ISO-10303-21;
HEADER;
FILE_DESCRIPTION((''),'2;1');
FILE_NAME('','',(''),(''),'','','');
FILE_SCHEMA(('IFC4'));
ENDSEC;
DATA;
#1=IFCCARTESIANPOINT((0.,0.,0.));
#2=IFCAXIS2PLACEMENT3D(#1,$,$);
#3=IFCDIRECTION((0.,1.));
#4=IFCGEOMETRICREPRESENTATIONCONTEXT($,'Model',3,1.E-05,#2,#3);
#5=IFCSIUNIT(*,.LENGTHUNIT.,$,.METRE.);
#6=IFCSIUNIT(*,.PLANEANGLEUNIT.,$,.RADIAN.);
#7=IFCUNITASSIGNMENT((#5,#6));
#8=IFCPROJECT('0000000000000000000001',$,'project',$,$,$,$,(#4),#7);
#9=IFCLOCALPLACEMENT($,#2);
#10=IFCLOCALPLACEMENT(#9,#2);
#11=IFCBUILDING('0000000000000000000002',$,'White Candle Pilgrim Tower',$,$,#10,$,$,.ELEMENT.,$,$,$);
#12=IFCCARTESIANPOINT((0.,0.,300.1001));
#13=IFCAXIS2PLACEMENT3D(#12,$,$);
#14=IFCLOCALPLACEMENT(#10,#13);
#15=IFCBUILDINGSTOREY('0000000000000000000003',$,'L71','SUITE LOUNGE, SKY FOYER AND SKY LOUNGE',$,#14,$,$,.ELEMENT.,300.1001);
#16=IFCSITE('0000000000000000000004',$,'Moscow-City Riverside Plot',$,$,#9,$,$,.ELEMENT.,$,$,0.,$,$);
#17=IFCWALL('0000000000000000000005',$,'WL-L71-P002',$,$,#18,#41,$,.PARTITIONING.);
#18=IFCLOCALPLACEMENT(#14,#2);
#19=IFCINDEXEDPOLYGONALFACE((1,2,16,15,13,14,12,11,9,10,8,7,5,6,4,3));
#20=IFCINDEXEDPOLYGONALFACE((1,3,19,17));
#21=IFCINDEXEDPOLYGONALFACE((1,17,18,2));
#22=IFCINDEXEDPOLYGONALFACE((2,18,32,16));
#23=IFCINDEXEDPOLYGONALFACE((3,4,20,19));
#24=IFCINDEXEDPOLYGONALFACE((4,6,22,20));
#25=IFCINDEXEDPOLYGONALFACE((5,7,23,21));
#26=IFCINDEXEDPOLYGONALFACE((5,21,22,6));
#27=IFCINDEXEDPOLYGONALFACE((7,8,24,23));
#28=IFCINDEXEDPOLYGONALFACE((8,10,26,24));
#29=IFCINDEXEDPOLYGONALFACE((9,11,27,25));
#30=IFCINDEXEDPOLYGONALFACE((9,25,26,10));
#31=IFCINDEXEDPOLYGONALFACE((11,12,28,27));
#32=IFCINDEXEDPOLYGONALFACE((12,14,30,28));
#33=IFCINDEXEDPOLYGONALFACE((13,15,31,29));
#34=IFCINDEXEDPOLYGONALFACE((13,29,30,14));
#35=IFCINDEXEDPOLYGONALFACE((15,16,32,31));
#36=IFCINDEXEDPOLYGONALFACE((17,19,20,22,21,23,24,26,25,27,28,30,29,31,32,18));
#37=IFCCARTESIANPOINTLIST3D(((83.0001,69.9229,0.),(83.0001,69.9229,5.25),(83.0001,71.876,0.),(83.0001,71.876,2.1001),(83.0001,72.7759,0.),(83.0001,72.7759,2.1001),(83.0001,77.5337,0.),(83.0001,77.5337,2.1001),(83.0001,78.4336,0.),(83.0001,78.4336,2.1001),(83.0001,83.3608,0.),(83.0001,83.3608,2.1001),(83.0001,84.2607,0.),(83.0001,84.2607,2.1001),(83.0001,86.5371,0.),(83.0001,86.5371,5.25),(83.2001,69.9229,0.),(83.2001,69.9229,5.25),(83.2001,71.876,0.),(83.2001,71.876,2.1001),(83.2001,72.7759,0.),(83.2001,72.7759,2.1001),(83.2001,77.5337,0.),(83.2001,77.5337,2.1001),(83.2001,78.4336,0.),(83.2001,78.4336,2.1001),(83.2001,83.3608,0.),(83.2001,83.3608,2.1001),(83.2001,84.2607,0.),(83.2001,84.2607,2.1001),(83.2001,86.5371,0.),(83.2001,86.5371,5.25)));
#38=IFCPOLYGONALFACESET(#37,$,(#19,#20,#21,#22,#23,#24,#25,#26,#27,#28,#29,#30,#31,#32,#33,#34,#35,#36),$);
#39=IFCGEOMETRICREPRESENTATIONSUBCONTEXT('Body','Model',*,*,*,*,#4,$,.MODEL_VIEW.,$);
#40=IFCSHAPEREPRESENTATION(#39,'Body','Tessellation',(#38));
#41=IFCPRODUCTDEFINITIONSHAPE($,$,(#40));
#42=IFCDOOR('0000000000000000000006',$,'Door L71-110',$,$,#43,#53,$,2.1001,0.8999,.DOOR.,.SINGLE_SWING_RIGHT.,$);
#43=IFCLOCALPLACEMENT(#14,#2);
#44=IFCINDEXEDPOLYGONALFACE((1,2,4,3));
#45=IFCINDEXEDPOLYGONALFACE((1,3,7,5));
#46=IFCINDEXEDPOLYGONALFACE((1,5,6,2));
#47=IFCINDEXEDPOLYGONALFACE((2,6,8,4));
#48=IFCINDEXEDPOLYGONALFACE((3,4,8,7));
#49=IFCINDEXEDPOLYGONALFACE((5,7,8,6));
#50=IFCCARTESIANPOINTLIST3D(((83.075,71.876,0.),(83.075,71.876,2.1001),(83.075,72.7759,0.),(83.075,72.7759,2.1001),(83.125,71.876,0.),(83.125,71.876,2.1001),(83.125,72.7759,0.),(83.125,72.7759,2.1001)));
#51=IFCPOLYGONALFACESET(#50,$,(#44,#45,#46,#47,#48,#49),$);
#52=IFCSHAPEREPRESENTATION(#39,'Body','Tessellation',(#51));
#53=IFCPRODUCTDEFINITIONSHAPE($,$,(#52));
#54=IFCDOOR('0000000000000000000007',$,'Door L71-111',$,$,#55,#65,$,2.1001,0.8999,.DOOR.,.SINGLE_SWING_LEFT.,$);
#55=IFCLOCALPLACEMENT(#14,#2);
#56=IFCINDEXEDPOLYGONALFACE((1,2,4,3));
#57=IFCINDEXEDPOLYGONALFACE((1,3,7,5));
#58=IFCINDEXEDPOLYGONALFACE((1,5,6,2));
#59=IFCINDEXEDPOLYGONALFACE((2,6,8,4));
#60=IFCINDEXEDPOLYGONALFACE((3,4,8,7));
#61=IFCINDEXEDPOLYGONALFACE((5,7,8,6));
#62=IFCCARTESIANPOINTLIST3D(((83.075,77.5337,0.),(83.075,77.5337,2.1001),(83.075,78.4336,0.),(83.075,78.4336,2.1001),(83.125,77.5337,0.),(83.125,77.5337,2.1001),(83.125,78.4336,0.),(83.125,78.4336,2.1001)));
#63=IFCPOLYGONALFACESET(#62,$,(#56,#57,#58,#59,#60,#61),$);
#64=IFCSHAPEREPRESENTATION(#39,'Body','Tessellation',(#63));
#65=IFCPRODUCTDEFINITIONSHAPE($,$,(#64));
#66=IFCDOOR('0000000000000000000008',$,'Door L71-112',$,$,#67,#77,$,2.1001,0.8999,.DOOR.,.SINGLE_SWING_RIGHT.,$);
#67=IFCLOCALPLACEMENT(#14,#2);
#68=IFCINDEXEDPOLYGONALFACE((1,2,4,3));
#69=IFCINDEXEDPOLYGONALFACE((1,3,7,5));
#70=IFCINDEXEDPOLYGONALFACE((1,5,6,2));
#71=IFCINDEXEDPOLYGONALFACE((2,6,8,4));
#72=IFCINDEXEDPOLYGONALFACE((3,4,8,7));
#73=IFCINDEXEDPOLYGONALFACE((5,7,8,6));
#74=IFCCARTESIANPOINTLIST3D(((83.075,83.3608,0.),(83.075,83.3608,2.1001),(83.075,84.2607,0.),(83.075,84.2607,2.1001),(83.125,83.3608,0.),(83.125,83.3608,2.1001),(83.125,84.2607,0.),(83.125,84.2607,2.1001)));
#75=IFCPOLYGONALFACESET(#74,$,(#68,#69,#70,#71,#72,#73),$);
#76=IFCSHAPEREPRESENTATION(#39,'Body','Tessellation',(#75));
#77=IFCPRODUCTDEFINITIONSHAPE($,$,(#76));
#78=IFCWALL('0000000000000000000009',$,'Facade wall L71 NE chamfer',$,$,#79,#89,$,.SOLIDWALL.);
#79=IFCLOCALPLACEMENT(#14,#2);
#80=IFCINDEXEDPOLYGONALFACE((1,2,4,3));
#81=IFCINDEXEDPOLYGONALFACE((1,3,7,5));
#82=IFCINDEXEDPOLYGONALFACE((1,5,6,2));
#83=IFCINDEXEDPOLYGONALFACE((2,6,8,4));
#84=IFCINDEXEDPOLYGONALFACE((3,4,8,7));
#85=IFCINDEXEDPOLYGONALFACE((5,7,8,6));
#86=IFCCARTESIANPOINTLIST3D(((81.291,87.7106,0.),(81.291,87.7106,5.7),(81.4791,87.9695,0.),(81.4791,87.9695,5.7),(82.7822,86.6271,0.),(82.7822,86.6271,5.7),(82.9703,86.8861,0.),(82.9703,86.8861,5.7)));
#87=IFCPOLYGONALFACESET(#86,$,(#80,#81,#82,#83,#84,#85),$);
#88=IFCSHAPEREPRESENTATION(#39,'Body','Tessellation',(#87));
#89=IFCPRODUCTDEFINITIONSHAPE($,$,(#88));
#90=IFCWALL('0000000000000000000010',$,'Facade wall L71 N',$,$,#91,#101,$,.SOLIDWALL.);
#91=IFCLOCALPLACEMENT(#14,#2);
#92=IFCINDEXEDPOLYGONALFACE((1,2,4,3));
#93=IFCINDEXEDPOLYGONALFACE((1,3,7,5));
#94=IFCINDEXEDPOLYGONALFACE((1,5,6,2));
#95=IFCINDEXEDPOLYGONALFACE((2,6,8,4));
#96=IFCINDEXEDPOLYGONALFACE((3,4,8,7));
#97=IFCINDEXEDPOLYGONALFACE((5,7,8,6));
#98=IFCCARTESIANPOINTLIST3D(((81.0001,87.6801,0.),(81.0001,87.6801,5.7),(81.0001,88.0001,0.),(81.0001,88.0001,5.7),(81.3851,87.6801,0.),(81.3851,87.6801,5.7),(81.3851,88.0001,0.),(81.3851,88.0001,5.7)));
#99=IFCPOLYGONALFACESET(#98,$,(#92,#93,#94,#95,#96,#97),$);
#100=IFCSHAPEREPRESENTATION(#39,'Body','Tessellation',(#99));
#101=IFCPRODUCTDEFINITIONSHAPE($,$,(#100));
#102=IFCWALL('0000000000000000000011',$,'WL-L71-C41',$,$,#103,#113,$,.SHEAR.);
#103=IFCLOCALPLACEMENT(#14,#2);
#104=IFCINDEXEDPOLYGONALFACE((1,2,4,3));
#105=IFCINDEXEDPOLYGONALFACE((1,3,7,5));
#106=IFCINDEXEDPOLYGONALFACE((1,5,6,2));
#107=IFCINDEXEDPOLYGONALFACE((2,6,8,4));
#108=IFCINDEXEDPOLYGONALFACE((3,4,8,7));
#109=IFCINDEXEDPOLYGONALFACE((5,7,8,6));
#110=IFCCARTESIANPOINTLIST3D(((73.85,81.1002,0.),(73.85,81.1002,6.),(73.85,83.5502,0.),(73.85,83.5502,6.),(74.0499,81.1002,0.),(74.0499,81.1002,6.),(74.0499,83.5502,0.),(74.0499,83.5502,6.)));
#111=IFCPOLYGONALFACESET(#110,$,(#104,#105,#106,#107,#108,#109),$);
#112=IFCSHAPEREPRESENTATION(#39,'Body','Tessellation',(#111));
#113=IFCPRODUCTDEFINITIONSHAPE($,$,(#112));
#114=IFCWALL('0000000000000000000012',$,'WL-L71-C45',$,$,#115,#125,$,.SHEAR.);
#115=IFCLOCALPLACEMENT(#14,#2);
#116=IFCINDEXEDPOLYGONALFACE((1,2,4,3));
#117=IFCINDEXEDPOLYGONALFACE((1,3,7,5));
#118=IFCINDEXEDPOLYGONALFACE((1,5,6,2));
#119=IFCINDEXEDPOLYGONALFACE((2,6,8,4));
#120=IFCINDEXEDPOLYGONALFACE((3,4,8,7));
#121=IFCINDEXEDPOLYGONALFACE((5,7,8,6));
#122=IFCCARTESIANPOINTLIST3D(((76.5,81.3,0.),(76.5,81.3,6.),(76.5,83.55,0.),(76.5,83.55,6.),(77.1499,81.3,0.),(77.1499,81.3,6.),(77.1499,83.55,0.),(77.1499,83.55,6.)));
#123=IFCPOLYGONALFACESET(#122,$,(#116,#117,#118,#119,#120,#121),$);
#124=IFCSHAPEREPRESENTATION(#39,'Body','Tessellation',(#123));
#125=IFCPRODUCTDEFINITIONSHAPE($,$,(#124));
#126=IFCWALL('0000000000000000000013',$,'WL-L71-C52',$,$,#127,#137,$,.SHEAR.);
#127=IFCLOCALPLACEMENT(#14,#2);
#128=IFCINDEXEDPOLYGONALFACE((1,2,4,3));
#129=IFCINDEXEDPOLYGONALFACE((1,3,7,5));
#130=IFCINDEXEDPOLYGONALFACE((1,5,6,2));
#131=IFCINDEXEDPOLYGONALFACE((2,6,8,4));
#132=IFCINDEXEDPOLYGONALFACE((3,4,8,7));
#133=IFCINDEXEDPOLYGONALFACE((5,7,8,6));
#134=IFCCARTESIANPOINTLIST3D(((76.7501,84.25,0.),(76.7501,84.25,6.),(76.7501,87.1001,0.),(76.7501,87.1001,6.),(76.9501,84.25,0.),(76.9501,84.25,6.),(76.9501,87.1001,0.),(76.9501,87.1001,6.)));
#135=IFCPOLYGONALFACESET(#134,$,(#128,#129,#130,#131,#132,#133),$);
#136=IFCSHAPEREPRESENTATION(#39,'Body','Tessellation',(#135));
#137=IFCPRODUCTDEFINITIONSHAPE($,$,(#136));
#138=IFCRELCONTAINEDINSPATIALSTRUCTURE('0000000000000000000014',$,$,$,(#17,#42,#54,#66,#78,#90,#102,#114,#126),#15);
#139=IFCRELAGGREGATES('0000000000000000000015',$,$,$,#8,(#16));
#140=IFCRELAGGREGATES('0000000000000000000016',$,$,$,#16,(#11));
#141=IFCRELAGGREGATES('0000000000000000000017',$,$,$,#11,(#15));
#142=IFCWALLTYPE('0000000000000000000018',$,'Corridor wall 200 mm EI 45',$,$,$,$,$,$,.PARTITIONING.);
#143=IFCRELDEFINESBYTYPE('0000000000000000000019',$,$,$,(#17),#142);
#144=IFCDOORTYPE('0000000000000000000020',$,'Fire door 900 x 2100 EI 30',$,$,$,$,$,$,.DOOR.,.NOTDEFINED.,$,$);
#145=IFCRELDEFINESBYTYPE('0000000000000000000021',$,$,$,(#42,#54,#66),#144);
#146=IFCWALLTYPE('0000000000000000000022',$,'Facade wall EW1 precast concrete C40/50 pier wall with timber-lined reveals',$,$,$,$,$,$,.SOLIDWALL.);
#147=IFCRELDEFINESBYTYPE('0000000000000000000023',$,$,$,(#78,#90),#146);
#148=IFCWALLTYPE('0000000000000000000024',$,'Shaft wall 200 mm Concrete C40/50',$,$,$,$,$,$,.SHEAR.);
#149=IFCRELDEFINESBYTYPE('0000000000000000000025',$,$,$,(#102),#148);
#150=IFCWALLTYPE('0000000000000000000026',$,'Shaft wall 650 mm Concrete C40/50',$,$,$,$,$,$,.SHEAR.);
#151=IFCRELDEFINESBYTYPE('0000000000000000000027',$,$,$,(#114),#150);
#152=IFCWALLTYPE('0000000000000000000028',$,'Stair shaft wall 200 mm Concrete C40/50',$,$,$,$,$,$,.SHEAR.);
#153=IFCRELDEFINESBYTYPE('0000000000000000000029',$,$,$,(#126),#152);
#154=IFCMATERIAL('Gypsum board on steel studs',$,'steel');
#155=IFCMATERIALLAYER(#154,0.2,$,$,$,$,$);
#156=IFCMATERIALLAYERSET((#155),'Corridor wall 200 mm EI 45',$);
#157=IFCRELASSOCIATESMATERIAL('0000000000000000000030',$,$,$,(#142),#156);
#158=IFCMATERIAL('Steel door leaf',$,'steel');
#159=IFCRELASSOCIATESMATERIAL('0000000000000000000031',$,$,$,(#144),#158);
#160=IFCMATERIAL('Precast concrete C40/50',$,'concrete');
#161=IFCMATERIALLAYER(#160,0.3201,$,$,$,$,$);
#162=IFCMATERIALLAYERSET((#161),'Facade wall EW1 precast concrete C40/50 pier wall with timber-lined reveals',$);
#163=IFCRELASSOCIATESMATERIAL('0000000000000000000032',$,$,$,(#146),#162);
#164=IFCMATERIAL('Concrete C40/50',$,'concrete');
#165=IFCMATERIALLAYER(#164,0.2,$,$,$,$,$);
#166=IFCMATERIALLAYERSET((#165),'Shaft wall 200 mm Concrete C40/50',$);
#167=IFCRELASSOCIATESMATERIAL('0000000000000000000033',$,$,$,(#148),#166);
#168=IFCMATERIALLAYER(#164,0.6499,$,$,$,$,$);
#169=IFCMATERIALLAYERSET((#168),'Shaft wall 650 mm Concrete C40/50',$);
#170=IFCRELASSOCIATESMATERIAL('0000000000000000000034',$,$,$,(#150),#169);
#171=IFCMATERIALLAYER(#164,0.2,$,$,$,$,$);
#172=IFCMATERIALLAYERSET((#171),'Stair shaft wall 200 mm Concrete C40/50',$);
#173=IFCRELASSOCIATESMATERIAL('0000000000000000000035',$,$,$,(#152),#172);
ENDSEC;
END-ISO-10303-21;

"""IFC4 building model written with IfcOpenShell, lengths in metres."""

from ifc_helpers import new_model, si_unit, direction, frame, frame_2d, origin, place, context, subcontext, project, spatial, rectangle, extrude, material, layer, layer_set, type_object, element, fill, save


model = new_model("IFC4")

# Units and contexts
model_context = context("Model", 3, precision=1e-05, world=origin(), true_north=direction((0.0, 1.0)))
body_context = subcontext(model_context, "Body", "Model", "MODEL_VIEW")
ifc_project = project(units=[si_unit("LENGTHUNIT", "METRE"), si_unit("PLANEANGLEUNIT", "RADIAN")], contexts=[model_context])

# Site, building, storey
site_placement = place(None, origin())
site = spatial("IfcSite", under=ifc_project, at=site_placement, Name="Moscow-City Riverside Plot", CompositionType="ELEMENT", RefElevation=0.0)
building_placement = place(site_placement, origin())
building = spatial("IfcBuilding", under=site, at=building_placement, Name="White Candle Pilgrim Tower", CompositionType="ELEMENT")
storey_placement = place(building_placement, frame((0.0, 0.0, 300.1001)))
storey = spatial("IfcBuildingStorey", under=building, at=storey_placement, Name="L71", Description="SUITE LOUNGE, SKY FOYER AND SKY LOUNGE", CompositionType="ELEMENT", Elevation=300.1001)

# Shared definitions
ifc_material_1 = material(Name="Concrete C40/50", Category="concrete")

# Shared definitions
ifc_material_2 = material(Name="Steel door leaf", Category="steel")

# Wall, openings, doors
ifc_material_3 = material(Name="Gypsum board on steel studs", Category="steel")
ifc_layer_1 = layer(ifc_material_3, 0.2)
ifc_layer_set_1 = layer_set([ifc_layer_1], Name="Corridor wall 200 mm EI 45")
wall_type_1 = type_object("IfcWallType", Name="Corridor wall 200 mm EI 45", PredefinedType="PARTITIONING", material=ifc_layer_set_1)
wall_1_placement = place(storey_placement, frame((83.1001, 86.5371, 0.0), z_axis=(0.0, 0.0, 1.0), x_axis=(0.0, -1.0, 0.0)))
wall_1 = element("IfcWall", 1, at=wall_1_placement, inside=storey, type_object=wall_type_1, Name="WL-L71-P002", PredefinedType="PARTITIONING", context=body_context, shape_type="SweptSolid", body=[
    extrude(rectangle(XDim=16.6143, YDim=0.2, at=frame_2d((8.3071, 0.0))), origin(), (0.0, 0.0, 1.0), 5.25),
])
opening_1_placement = place(wall_1_placement, frame((13.7612, 0.0, 0.0)))
opening_1 = element("IfcOpeningElement", 2, at=opening_1_placement, cuts=wall_1, PredefinedType="OPENING", context=body_context, shape_type="SweptSolid", body=[
    extrude(rectangle(XDim=0.8999, YDim=2.1001, at=frame_2d((0.45, 1.05))), frame((0.0, 0.1099, 0.0), z_axis=(0.0, -1.0, 0.0), x_axis=(1.0, 0.0, 0.0)), (0.0, 0.0, 1.0), 0.22),
])
opening_2_placement = place(wall_1_placement, frame((8.1035, 0.0, 0.0)))
opening_2 = element("IfcOpeningElement", 3, at=opening_2_placement, cuts=wall_1, PredefinedType="OPENING", context=body_context, shape_type="SweptSolid", body=[
    extrude(rectangle(XDim=0.8999, YDim=2.1001, at=frame_2d((0.45, 1.05))), frame((0.0, 0.1099, 0.0), z_axis=(0.0, -1.0, 0.0), x_axis=(1.0, 0.0, 0.0)), (0.0, 0.0, 1.0), 0.22),
])
opening_3_placement = place(wall_1_placement, frame((2.2764, 0.0, 0.0)))
opening_3 = element("IfcOpeningElement", 4, at=opening_3_placement, cuts=wall_1, PredefinedType="OPENING", context=body_context, shape_type="SweptSolid", body=[
    extrude(rectangle(XDim=0.8999, YDim=2.1001, at=frame_2d((0.45, 1.05))), frame((0.0, 0.1099, 0.0), z_axis=(0.0, -1.0, 0.0), x_axis=(1.0, 0.0, 0.0)), (0.0, 0.0, 1.0), 0.22),
])
door_type_1 = type_object("IfcDoorType", Name="Fire door 900 x 2100 EI 30", OperationType="NOTDEFINED", PredefinedType="DOOR", material=ifc_material_2)
door_1_placement = place(opening_1_placement, origin())
door_1 = element("IfcDoor", 5, at=door_1_placement, inside=storey, type_object=door_type_1, Name="Door L71-110", OperationType="SINGLE_SWING_RIGHT", OverallHeight=2.1001, OverallWidth=0.8999, PredefinedType="DOOR", context=body_context, shape_type="SweptSolid", body=[
    extrude(rectangle(XDim=0.8999, YDim=2.1001, at=frame_2d((0.45, 1.05))), frame((0.0, 0.0249, 0.0), z_axis=(0.0, -1.0, 0.0), x_axis=(1.0, 0.0, 0.0)), (0.0, 0.0, 1.0), 0.05),
])
fill(opening_1, door_1)
door_2_placement = place(opening_2_placement, origin())
door_2 = element("IfcDoor", 6, at=door_2_placement, inside=storey, type_object=door_type_1, Name="Door L71-111", OperationType="SINGLE_SWING_LEFT", OverallHeight=2.1001, OverallWidth=0.8999, PredefinedType="DOOR", context=body_context, shape_type="SweptSolid", body=[
    extrude(rectangle(XDim=0.8999, YDim=2.1001, at=frame_2d((0.45, 1.05))), frame((0.0, 0.0249, 0.0), z_axis=(0.0, -1.0, 0.0), x_axis=(1.0, 0.0, 0.0)), (0.0, 0.0, 1.0), 0.05),
])
fill(opening_2, door_2)
door_3_placement = place(opening_3_placement, origin())
door_3 = element("IfcDoor", 7, at=door_3_placement, inside=storey, type_object=door_type_1, Name="Door L71-112", OperationType="SINGLE_SWING_RIGHT", OverallHeight=2.1001, OverallWidth=0.8999, PredefinedType="DOOR", context=body_context, shape_type="SweptSolid", body=[
    extrude(rectangle(XDim=0.8999, YDim=2.1001, at=frame_2d((0.45, 1.05))), frame((0.0, 0.0249, 0.0), z_axis=(0.0, -1.0, 0.0), x_axis=(1.0, 0.0, 0.0)), (0.0, 0.0, 1.0), 0.05),
])
fill(opening_3, door_3)

# Walls
ifc_material_4 = material(Name="Precast concrete C40/50", Category="concrete")
ifc_layer_2 = layer(ifc_material_4, 0.3201)
ifc_layer_set_2 = layer_set([ifc_layer_2], Name="Facade wall EW1 precast concrete C40/50 pier wall with timber-lined reveals")
wall_type_2 = type_object("IfcWallType", Name="Facade wall EW1 precast concrete C40/50 pier wall with timber-lined reveals", PredefinedType="SOLIDWALL", material=ifc_layer_set_2)
wall_2_placement = place(storey_placement, frame((82.8762, 86.7566, 0.0), z_axis=(0.0, 0.0, 1.0), x_axis=(-0.808999, 0.587809, 0.0)))
element("IfcWall", 8, at=wall_2_placement, inside=storey, type_object=wall_type_2, Name="Facade wall L71 NE chamfer", PredefinedType="SOLIDWALL", context=body_context, shape_type="SweptSolid", body=[
    extrude(rectangle(XDim=1.8433, YDim=0.3201, at=frame_2d((0.9216, 0.0))), origin(), (0.0, 0.0, 1.0), 5.7),
])
wall_3_placement = place(storey_placement, frame((81.385, 87.8401, 0.0), z_axis=(0.0, 0.0, 1.0), x_axis=(-1.0, 0.0, 0.0)))
element("IfcWall", 9, at=wall_3_placement, inside=storey, type_object=wall_type_2, Name="Facade wall L71 N", PredefinedType="SOLIDWALL", context=body_context, shape_type="SweptSolid", body=[
    extrude(rectangle(XDim=0.385, YDim=0.3201, at=frame_2d((0.1924, 0.0))), origin(), (0.0, 0.0, 1.0), 5.7),
])
ifc_layer_3 = layer(ifc_material_1, 0.2)
ifc_layer_set_3 = layer_set([ifc_layer_3], Name="Shaft wall 200 mm Concrete C40/50")
wall_type_3 = type_object("IfcWallType", Name="Shaft wall 200 mm Concrete C40/50", PredefinedType="SHEAR", material=ifc_layer_set_3)
wall_4_placement = place(storey_placement, frame((73.95, 81.1001, 0.0), z_axis=(0.0, 0.0, 1.0), x_axis=(0.0, 1.0, 0.0)))
element("IfcWall", 10, at=wall_4_placement, inside=storey, type_object=wall_type_3, Name="WL-L71-C41", PredefinedType="SHEAR", context=body_context, shape_type="SweptSolid", body=[
    extrude(rectangle(XDim=2.45, YDim=0.2, at=frame_2d((1.2251, 0.0))), origin(), (0.0, 0.0, 1.0), 6.0),
])
ifc_layer_4 = layer(ifc_material_1, 0.6499)
ifc_layer_set_4 = layer_set([ifc_layer_4], Name="Shaft wall 650 mm Concrete C40/50")
wall_type_4 = type_object("IfcWallType", Name="Shaft wall 650 mm Concrete C40/50", PredefinedType="SHEAR", material=ifc_layer_set_4)
wall_5_placement = place(storey_placement, frame((76.825, 81.3, 0.0), z_axis=(0.0, 0.0, 1.0), x_axis=(0.0, 1.0, 0.0)))
element("IfcWall", 11, at=wall_5_placement, inside=storey, type_object=wall_type_4, Name="WL-L71-C45", PredefinedType="SHEAR", context=body_context, shape_type="SweptSolid", body=[
    extrude(rectangle(XDim=2.25, YDim=0.6499, at=frame_2d((1.125, 0.0))), origin(), (0.0, 0.0, 1.0), 6.0),
])
ifc_layer_5 = layer(ifc_material_1, 0.2)
ifc_layer_set_5 = layer_set([ifc_layer_5], Name="Stair shaft wall 200 mm Concrete C40/50")
wall_type_5 = type_object("IfcWallType", Name="Stair shaft wall 200 mm Concrete C40/50", PredefinedType="SHEAR", material=ifc_layer_set_5)
wall_6_placement = place(storey_placement, frame((76.8501, 84.25, 0.0), z_axis=(0.0, 0.0, 1.0), x_axis=(0.0, 1.0, 0.0)))
element("IfcWall", 12, at=wall_6_placement, inside=storey, type_object=wall_type_5, Name="WL-L71-C52", PredefinedType="SHEAR", context=body_context, shape_type="SweptSolid", body=[
    extrude(rectangle(XDim=2.8501, YDim=0.2, at=frame_2d((1.425, 0.0))), origin(), (0.0, 0.0, 1.0), 6.0),
])

save(model, "model.ifc")
